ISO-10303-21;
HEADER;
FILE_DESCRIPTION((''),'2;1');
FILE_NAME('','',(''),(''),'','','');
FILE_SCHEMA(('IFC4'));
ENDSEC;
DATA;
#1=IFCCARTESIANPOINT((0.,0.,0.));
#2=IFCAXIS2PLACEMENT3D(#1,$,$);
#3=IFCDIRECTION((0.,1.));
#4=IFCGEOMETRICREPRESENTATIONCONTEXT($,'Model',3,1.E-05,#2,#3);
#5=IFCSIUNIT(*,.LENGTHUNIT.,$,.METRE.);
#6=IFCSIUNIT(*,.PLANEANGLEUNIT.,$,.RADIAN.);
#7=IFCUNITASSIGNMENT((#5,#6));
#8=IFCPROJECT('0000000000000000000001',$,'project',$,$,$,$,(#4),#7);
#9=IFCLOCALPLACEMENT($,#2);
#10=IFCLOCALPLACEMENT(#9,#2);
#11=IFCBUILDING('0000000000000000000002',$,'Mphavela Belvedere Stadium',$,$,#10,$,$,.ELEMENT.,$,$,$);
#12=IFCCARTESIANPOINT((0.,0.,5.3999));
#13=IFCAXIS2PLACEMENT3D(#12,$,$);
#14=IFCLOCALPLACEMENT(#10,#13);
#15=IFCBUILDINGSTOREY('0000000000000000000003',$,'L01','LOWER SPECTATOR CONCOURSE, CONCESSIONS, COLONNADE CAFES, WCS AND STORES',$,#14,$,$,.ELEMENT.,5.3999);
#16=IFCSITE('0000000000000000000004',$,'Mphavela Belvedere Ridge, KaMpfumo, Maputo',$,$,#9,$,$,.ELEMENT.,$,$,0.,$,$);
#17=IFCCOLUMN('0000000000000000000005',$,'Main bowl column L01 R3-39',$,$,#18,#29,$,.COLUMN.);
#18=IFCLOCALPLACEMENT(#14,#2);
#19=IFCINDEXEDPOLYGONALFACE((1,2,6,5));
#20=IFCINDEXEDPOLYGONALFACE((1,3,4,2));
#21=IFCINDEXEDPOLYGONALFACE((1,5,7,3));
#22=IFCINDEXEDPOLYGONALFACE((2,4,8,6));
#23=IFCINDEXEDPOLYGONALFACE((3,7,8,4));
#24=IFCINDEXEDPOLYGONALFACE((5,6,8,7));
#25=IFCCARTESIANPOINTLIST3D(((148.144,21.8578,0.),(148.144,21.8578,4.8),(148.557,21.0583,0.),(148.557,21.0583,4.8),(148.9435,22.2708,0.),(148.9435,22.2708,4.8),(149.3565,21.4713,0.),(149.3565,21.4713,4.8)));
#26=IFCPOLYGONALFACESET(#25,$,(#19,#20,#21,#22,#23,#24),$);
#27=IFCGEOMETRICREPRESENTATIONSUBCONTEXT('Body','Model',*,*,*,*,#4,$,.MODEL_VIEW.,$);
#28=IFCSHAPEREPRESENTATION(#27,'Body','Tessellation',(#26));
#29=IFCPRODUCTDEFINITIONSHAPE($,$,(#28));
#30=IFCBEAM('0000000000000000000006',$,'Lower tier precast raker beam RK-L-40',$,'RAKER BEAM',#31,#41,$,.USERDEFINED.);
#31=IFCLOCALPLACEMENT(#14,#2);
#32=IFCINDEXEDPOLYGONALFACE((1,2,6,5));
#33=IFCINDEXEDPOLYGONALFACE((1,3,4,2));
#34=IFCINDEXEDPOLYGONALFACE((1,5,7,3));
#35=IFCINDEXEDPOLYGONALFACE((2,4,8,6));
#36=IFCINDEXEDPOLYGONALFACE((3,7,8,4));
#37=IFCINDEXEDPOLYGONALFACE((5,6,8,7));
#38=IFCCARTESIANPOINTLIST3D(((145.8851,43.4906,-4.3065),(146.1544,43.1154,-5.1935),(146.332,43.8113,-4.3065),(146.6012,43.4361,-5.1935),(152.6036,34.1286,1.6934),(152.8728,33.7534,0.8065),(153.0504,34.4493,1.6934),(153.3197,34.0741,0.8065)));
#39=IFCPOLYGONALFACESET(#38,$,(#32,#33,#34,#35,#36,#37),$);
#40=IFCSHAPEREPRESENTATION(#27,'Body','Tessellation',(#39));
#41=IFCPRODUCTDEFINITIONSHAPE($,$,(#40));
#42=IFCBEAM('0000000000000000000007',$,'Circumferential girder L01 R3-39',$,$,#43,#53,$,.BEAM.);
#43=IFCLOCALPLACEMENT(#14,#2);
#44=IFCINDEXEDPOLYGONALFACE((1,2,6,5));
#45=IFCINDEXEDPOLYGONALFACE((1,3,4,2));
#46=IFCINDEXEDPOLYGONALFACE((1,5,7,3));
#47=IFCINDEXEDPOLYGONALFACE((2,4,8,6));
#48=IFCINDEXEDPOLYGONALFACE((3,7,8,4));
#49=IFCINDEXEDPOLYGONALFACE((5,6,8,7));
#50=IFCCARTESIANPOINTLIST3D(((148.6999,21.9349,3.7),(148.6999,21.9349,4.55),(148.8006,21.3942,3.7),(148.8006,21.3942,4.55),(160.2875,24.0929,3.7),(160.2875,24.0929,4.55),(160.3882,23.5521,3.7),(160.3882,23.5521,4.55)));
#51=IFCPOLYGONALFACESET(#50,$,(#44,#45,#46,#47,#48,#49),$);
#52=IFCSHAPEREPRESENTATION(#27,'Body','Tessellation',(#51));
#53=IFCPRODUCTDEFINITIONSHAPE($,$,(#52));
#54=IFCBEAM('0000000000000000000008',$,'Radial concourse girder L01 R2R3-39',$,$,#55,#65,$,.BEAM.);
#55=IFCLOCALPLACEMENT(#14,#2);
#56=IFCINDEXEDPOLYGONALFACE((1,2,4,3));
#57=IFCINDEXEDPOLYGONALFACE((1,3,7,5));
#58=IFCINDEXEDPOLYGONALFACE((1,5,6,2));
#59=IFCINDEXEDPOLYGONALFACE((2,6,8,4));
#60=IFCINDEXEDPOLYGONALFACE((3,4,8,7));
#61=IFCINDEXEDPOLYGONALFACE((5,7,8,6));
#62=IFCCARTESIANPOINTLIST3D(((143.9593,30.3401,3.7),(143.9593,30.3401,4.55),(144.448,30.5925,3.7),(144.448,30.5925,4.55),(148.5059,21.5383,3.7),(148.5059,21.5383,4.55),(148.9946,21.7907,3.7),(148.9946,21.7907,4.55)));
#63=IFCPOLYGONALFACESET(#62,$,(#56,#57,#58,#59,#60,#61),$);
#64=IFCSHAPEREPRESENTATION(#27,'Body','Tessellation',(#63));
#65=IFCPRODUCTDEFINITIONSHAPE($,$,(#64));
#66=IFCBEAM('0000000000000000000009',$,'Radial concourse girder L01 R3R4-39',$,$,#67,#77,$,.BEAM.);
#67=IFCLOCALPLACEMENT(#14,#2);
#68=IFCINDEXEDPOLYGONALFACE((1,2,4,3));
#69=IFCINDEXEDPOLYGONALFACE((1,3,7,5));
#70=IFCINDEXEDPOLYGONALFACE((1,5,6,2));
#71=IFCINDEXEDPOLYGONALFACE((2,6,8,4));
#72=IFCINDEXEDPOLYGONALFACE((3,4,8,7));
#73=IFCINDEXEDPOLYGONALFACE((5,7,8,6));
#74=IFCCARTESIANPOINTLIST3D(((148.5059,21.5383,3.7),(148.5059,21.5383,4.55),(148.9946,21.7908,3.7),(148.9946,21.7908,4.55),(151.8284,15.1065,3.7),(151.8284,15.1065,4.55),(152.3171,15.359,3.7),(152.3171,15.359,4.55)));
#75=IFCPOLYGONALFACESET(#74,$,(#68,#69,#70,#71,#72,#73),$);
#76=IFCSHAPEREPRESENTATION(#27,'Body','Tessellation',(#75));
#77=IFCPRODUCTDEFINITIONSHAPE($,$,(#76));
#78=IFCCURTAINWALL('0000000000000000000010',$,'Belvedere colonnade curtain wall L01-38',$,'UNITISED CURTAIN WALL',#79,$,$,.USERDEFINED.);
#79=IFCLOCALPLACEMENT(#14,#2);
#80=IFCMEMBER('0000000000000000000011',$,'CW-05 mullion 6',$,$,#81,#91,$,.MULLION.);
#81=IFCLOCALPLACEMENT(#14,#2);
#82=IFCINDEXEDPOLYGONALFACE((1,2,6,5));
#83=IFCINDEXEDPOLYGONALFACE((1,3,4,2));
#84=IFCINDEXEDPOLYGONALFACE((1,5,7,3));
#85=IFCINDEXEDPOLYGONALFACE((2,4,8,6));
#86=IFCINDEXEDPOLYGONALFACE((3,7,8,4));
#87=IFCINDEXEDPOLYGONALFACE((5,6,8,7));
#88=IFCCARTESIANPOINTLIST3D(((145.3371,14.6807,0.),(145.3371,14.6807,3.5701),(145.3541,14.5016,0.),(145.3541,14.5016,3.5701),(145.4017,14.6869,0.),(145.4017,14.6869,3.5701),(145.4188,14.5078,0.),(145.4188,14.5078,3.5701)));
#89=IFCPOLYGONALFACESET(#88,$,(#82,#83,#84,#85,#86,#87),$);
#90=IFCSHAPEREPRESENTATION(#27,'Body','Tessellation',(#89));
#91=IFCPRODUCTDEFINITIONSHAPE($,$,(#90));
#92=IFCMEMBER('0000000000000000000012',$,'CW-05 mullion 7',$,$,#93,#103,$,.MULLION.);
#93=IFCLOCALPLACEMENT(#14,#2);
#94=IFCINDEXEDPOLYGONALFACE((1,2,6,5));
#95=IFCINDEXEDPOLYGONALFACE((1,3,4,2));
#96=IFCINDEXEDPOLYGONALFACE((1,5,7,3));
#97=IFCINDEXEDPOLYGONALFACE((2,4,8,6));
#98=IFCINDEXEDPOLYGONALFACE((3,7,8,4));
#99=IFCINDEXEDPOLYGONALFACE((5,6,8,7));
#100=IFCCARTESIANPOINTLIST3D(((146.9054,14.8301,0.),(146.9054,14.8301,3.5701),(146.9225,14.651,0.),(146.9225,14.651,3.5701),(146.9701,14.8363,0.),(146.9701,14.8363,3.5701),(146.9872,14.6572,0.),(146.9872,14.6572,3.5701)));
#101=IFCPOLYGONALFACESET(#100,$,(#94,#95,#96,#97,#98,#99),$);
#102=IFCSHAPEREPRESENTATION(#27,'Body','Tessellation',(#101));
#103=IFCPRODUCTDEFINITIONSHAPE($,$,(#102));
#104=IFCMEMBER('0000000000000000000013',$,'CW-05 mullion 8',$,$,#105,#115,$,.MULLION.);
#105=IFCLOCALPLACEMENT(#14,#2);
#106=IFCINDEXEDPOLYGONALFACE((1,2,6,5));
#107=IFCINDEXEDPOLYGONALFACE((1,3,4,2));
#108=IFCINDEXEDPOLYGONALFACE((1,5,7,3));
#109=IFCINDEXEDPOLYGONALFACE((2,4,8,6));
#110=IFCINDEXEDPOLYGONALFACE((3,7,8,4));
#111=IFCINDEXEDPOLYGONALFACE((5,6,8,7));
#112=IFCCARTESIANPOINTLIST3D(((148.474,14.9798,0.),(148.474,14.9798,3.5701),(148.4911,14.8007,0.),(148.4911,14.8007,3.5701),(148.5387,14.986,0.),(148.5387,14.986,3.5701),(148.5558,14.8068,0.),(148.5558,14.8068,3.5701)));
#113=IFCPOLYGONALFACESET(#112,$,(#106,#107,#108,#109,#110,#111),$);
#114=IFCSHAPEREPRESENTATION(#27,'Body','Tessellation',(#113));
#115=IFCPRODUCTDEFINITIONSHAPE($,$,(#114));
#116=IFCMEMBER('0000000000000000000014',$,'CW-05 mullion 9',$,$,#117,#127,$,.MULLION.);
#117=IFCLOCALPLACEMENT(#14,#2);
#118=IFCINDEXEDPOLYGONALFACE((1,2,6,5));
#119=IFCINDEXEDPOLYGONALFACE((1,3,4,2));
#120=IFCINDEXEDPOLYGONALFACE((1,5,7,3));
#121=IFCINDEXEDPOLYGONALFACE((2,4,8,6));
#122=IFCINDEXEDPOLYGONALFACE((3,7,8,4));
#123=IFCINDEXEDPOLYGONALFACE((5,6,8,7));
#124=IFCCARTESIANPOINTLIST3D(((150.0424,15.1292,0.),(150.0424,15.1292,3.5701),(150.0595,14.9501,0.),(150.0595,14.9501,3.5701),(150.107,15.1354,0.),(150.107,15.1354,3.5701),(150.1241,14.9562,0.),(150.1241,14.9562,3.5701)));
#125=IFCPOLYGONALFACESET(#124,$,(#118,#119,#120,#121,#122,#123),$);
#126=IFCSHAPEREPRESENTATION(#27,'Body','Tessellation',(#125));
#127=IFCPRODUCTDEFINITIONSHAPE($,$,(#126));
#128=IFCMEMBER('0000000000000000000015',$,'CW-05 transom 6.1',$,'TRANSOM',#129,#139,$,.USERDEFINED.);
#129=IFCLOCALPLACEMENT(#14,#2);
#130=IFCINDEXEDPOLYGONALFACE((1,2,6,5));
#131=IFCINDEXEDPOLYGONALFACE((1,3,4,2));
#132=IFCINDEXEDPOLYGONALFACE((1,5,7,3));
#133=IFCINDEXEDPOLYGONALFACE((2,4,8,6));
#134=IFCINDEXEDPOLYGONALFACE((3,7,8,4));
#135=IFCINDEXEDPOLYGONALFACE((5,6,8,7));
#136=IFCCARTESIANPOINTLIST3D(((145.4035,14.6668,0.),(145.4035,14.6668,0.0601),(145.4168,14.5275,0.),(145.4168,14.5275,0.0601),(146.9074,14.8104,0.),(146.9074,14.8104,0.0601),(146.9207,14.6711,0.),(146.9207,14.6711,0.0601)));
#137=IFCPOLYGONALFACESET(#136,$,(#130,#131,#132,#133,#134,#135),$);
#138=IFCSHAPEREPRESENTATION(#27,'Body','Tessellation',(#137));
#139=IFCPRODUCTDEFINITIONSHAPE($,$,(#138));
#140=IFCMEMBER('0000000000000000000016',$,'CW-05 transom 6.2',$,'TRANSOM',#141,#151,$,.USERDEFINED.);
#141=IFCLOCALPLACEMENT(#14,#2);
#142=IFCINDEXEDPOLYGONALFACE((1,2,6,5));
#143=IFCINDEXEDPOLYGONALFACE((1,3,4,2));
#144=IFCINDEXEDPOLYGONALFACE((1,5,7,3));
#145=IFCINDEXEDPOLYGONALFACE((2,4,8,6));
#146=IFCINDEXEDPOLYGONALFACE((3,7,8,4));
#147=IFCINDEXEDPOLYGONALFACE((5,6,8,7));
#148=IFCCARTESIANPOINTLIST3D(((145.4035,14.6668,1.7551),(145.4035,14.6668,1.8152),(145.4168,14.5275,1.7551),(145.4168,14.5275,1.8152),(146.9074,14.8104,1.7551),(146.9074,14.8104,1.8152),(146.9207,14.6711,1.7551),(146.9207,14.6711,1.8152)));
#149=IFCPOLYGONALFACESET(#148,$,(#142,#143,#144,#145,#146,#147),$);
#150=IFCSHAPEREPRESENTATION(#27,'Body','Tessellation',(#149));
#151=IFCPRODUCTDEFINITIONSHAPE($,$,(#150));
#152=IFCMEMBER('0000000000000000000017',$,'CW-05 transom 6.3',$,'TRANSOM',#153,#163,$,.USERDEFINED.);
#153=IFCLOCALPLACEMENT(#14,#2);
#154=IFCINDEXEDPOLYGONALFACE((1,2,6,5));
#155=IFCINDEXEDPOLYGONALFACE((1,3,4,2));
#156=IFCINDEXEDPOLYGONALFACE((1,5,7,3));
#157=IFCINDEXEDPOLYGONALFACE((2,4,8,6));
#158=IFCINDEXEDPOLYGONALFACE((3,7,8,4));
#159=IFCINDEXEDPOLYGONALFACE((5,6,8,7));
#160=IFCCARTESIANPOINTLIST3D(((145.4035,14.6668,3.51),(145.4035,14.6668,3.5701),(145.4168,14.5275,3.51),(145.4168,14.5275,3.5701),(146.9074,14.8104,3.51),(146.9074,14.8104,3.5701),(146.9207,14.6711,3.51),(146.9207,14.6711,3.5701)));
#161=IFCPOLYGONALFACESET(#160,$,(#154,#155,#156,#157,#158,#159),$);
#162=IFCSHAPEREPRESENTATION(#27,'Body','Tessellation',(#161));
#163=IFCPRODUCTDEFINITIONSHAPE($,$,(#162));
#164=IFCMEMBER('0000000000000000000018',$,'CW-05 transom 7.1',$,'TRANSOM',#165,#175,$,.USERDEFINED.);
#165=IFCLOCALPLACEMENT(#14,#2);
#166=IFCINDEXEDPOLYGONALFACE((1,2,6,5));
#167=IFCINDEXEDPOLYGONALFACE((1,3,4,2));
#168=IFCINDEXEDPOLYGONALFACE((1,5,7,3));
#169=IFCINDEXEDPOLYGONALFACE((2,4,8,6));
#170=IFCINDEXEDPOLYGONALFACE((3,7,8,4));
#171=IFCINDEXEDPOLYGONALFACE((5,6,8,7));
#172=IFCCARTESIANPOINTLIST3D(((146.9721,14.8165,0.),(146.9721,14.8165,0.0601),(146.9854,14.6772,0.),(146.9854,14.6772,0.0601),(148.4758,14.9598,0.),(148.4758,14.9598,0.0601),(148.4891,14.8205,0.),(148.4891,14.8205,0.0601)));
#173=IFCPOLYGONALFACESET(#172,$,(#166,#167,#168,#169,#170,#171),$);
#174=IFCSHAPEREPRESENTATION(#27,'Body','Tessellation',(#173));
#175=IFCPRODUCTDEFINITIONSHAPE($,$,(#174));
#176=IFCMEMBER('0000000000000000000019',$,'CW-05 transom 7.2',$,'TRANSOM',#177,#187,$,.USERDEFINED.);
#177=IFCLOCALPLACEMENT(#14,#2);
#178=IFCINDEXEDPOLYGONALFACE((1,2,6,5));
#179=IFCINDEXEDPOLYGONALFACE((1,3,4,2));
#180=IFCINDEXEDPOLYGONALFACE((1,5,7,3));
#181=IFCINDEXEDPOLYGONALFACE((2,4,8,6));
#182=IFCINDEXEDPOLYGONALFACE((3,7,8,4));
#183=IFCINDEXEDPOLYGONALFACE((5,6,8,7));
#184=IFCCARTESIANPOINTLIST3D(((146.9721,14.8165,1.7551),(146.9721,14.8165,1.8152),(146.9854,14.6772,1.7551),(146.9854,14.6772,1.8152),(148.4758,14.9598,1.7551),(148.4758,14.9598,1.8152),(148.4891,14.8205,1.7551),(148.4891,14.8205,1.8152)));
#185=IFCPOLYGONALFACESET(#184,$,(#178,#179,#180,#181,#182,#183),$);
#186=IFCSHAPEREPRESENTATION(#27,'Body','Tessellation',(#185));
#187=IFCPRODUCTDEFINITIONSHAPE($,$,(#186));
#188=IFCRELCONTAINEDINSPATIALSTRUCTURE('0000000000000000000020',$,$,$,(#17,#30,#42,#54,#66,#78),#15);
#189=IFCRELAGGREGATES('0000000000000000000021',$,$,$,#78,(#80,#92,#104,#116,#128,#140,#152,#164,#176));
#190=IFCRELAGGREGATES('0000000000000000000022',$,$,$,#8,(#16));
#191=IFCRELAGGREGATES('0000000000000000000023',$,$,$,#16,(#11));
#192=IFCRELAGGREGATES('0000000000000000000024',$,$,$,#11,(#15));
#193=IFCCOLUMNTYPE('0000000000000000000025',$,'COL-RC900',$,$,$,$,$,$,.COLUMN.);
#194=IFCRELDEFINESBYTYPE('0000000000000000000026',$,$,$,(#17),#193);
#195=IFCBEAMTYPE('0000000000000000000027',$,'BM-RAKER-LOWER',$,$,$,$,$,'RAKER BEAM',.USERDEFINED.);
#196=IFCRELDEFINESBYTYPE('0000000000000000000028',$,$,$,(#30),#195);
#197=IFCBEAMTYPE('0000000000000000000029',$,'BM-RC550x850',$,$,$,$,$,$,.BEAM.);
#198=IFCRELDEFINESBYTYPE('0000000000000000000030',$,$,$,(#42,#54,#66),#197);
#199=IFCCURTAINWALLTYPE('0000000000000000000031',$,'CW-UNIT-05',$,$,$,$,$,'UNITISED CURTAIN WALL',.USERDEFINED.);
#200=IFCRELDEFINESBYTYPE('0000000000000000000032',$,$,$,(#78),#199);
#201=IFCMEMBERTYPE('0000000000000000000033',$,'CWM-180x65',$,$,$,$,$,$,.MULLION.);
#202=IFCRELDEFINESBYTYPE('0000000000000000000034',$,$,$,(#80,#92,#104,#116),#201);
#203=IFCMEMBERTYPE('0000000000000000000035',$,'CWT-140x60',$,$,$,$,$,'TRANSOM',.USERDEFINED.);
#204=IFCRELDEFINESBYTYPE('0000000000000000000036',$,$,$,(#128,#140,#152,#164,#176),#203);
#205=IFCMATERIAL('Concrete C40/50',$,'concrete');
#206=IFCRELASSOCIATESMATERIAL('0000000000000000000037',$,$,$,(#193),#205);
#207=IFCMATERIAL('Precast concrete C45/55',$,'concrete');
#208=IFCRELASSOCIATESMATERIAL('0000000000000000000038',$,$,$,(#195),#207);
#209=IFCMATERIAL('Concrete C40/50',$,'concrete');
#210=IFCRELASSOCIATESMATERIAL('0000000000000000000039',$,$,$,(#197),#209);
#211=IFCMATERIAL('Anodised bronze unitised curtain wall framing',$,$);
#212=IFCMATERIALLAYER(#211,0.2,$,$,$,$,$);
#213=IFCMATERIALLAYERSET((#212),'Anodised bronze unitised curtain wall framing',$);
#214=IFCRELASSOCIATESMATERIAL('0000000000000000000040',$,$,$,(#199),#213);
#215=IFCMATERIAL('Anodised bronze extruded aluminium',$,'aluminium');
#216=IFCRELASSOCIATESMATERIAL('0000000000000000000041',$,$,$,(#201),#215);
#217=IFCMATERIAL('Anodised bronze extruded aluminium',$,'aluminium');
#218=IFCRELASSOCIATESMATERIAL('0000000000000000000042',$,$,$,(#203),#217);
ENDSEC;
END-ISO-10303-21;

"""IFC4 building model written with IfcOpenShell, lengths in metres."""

from ifc_helpers import new_model, si_unit, direction, frame, origin, origin_2d, place, context, subcontext, project, spatial, rectangle, extrude, material, layer, layer_set, material_profile, profile_set, type_object, element, aggregate, save


model = new_model("IFC4")

# Units and contexts
model_context = context("Model", 3, precision=1e-05, world=origin(), true_north=direction((0.0, 1.0)))
body_context = subcontext(model_context, "Body", "Model", "MODEL_VIEW")
ifc_project = project(units=[si_unit("LENGTHUNIT", "METRE"), si_unit("PLANEANGLEUNIT", "RADIAN")], contexts=[model_context])

# Site, building, storey
site_placement = place(None, origin())
site = spatial("IfcSite", under=ifc_project, at=site_placement, Name="Mphavela Belvedere Ridge, KaMpfumo, Maputo", CompositionType="ELEMENT", RefElevation=0.0)
building_placement = place(site_placement, origin())
building = spatial("IfcBuilding", under=site, at=building_placement, Name="Mphavela Belvedere Stadium", CompositionType="ELEMENT")
storey_placement = place(building_placement, frame((0.0, 0.0, 5.3999)))
storey = spatial("IfcBuildingStorey", under=building, at=storey_placement, Name="L01", Description="LOWER SPECTATOR CONCOURSE, CONCESSIONS, COLONNADE CAFES, WCS AND STORES", CompositionType="ELEMENT", Elevation=5.3999)

# Column
ifc_material_1 = material(Name="Concrete C40/50", Category="concrete")
ifc_material_profile_1 = material_profile(ifc_material_1, rectangle(XDim=0.8999, YDim=0.8999, at=origin_2d()), Name="RC 900x900")
ifc_profile_set_1 = profile_set([ifc_material_profile_1], Name="Concrete C40/50")
column_type = type_object("IfcColumnType", Name="COL-RC900", PredefinedType="COLUMN", material=ifc_profile_set_1)
column_placement = place(storey_placement, frame((148.7502, 21.6646, 0.0), z_axis=(0.0, 0.0, 1.0), x_axis=(0.45896, -0.888457, 0.0)))
element("IfcColumn", 1, at=column_placement, inside=storey, type_object=column_type, Name="Main bowl column L01 R3-39", PredefinedType="COLUMN", context=body_context, shape_type="SweptSolid", body=[
    extrude(rectangle(XDim=0.8999, YDim=0.8999, at=origin_2d()), origin(), (0.0, 0.0, 1.0), 4.8),
])

# Beams
ifc_material_2 = material(Name="Precast concrete C45/55", Category="concrete")
ifc_material_profile_2 = material_profile(ifc_material_2, rectangle(XDim=0.55, YDim=1.0, at=origin_2d()), Name="PC 550x1000")
ifc_profile_set_2 = profile_set([ifc_material_profile_2], Name="Precast concrete C45/55")
beam_type_1 = type_object("IfcBeamType", Name="BM-RAKER-LOWER", ElementType="RAKER BEAM", PredefinedType="USERDEFINED", material=ifc_profile_set_2)
beam_1_placement = place(storey_placement, frame((146.2432, 43.4634, -4.75), z_axis=(0.517135, -0.720614, 0.46183), x_axis=(0.812446, 0.583036, 0.0)))
element("IfcBeam", 2, at=beam_1_placement, inside=storey, type_object=beam_type_1, Name="Lower tier precast raker beam RK-L-40", ObjectType="RAKER BEAM", PredefinedType="USERDEFINED", context=body_context, shape_type="SweptSolid", body=[
    extrude(rectangle(XDim=0.55, YDim=1.0, at=origin_2d()), origin(), (0.0, 0.0, 1.0), 12.9917),
])
ifc_material_3 = material(Name="Concrete C40/50", Category="concrete")
ifc_material_profile_3 = material_profile(ifc_material_3, rectangle(XDim=0.55, YDim=0.8501, at=origin_2d()), Name="RC 550x850")
ifc_profile_set_3 = profile_set([ifc_material_profile_3], Name="Concrete C40/50")
beam_type_2 = type_object("IfcBeamType", Name="BM-RC550x850", PredefinedType="BEAM", material=ifc_profile_set_3)
beam_2_placement = place(storey_placement, frame((148.7502, 21.6646, 4.125), z_axis=(0.983098, 0.183082, 0.0), x_axis=(-0.183082, 0.983098, 0.0)))
element("IfcBeam", 3, at=beam_2_placement, inside=storey, type_object=beam_type_2, Name="Circumferential girder L01 R3-39", PredefinedType="BEAM", context=body_context, shape_type="SweptSolid", body=[
    extrude(rectangle(XDim=0.55, YDim=0.8501, at=origin_2d()), origin(), (0.0, 0.0, 1.0), 11.7869),
])
beam_3_placement = place(storey_placement, frame((144.2036, 30.4663, 4.125), z_axis=(0.458945, -0.888465, 0.0), x_axis=(0.888465, 0.458945, 0.0)))
element("IfcBeam", 4, at=beam_3_placement, inside=storey, type_object=beam_type_2, Name="Radial concourse girder L01 R2R3-39", PredefinedType="BEAM", context=body_context, shape_type="SweptSolid", body=[
    extrude(rectangle(XDim=0.55, YDim=0.8501, at=origin_2d()), origin(), (0.0, 0.0, 1.0), 9.9067),
])
beam_4_placement = place(storey_placement, frame((148.7502, 21.6646, 4.125), z_axis=(0.458951, -0.888461, 0.0), x_axis=(0.888461, 0.458951, 0.0)))
element("IfcBeam", 5, at=beam_4_placement, inside=storey, type_object=beam_type_2, Name="Radial concourse girder L01 R3R4-39", PredefinedType="BEAM", context=body_context, shape_type="SweptSolid", body=[
    extrude(rectangle(XDim=0.55, YDim=0.8501, at=origin_2d()), origin(), (0.0, 0.0, 1.0), 7.2393),
])

# Curtain wall, members
ifc_material_4 = material(Name="Anodised bronze unitised curtain wall framing")
ifc_layer_1 = layer(ifc_material_4, 0.2)
ifc_layer_set_1 = layer_set([ifc_layer_1], Name="Anodised bronze unitised curtain wall framing")
curtain_wall_type = type_object("IfcCurtainWallType", Name="CW-UNIT-05", ElementType="UNITISED CURTAIN WALL", PredefinedType="USERDEFINED", material=ifc_layer_set_1)
curtain_wall_placement = place(storey_placement, origin())
curtain_wall = element("IfcCurtainWall", 6, at=curtain_wall_placement, inside=storey, type_object=curtain_wall_type, Name="Belvedere colonnade curtain wall L01-38", ObjectType="UNITISED CURTAIN WALL", PredefinedType="USERDEFINED")
ifc_material_5 = material(Name="Anodised bronze extruded aluminium", Category="aluminium")
ifc_material_profile_4 = material_profile(ifc_material_5, rectangle(XDim=0.1799, YDim=0.0649, at=origin_2d()), Name="CW-MUL 180x65")
ifc_profile_set_4 = profile_set([ifc_material_profile_4], Name="Anodised bronze extruded aluminium")
member_type_1 = type_object("IfcMemberType", Name="CWM-180x65", PredefinedType="MULLION", material=ifc_profile_set_4)
member_1_placement = place(storey_placement, frame((145.3779, 14.5942, 0.0), z_axis=(0.0, 0.0, 1.0), x_axis=(-0.094922, 0.995485, 0.0)))
member_1 = element("IfcMember", 7, at=member_1_placement, type_object=member_type_1, Name="CW-05 mullion 6", PredefinedType="MULLION", context=body_context, shape_type="SweptSolid", body=[
    extrude(rectangle(XDim=0.1799, YDim=0.0649, at=origin_2d()), origin(), (0.0, 0.0, 1.0), 3.5701),
])
member_2_placement = place(storey_placement, frame((146.9463, 14.7437, 0.0), z_axis=(0.0, 0.0, 1.0), x_axis=(-0.094922, 0.995485, 0.0)))
member_2 = element("IfcMember", 8, at=member_2_placement, type_object=member_type_1, Name="CW-05 mullion 7", PredefinedType="MULLION", context=body_context, shape_type="SweptSolid", body=[
    extrude(rectangle(XDim=0.1799, YDim=0.0649, at=origin_2d()), origin(), (0.0, 0.0, 1.0), 3.5701),
])
member_3_placement = place(storey_placement, frame((148.5149, 14.8933, 0.0), z_axis=(0.0, 0.0, 1.0), x_axis=(-0.094922, 0.995485, 0.0)))
member_3 = element("IfcMember", 9, at=member_3_placement, type_object=member_type_1, Name="CW-05 mullion 8", PredefinedType="MULLION", context=body_context, shape_type="SweptSolid", body=[
    extrude(rectangle(XDim=0.1799, YDim=0.0649, at=origin_2d()), origin(), (0.0, 0.0, 1.0), 3.5701),
])
member_4_placement = place(storey_placement, frame((150.0833, 15.0427, 0.0), z_axis=(0.0, 0.0, 1.0), x_axis=(-0.094922, 0.995485, 0.0)))
member_4 = element("IfcMember", 10, at=member_4_placement, type_object=member_type_1, Name="CW-05 mullion 9", PredefinedType="MULLION", context=body_context, shape_type="SweptSolid", body=[
    extrude(rectangle(XDim=0.1799, YDim=0.0649, at=origin_2d()), origin(), (0.0, 0.0, 1.0), 3.5701),
])
ifc_material_6 = material(Name="Anodised bronze extruded aluminium", Category="aluminium")
ifc_material_profile_5 = material_profile(ifc_material_6, rectangle(XDim=0.1399, YDim=0.0601, at=origin_2d()), Name="CW-TRN 140x60")
ifc_profile_set_5 = profile_set([ifc_material_profile_5], Name="Anodised bronze extruded aluminium")
member_type_2 = type_object("IfcMemberType", Name="CWT-140x60", ElementType="TRANSOM", PredefinedType="USERDEFINED", material=ifc_profile_set_5)
member_5_placement = place(storey_placement, frame((145.4102, 14.5972, 0.03), z_axis=(0.995475, 0.095023, 0.0), x_axis=(-0.095023, 0.995475, 0.0)))
member_5 = element("IfcMember", 11, at=member_5_placement, type_object=member_type_2, Name="CW-05 transom 6.1", ObjectType="TRANSOM", PredefinedType="USERDEFINED", context=body_context, shape_type="SweptSolid", body=[
    extrude(rectangle(XDim=0.1399, YDim=0.0601, at=origin_2d()), origin(), (0.0, 0.0, 1.0), 1.5107),
])
member_6_placement = place(storey_placement, frame((145.4102, 14.5972, 1.7852), z_axis=(0.995475, 0.095023, 0.0), x_axis=(-0.095023, 0.995475, 0.0)))
member_6 = element("IfcMember", 12, at=member_6_placement, type_object=member_type_2, Name="CW-05 transom 6.2", ObjectType="TRANSOM", PredefinedType="USERDEFINED", context=body_context, shape_type="SweptSolid", body=[
    extrude(rectangle(XDim=0.1399, YDim=0.0601, at=origin_2d()), origin(), (0.0, 0.0, 1.0), 1.5107),
])
member_7_placement = place(storey_placement, frame((145.4102, 14.5972, 3.54), z_axis=(0.995475, 0.095023, 0.0), x_axis=(-0.095023, 0.995475, 0.0)))
member_7 = element("IfcMember", 13, at=member_7_placement, type_object=member_type_2, Name="CW-05 transom 6.3", ObjectType="TRANSOM", PredefinedType="USERDEFINED", context=body_context, shape_type="SweptSolid", body=[
    extrude(rectangle(XDim=0.1399, YDim=0.0601, at=origin_2d()), origin(), (0.0, 0.0, 1.0), 1.5107),
])
member_8_placement = place(storey_placement, frame((146.9788, 14.7468, 0.03), z_axis=(0.995489, 0.094878, 0.0), x_axis=(-0.094878, 0.995489, 0.0)))
member_8 = element("IfcMember", 14, at=member_8_placement, type_object=member_type_2, Name="CW-05 transom 7.1", ObjectType="TRANSOM", PredefinedType="USERDEFINED", context=body_context, shape_type="SweptSolid", body=[
    extrude(rectangle(XDim=0.1399, YDim=0.0601, at=origin_2d()), origin(), (0.0, 0.0, 1.0), 1.5105),
])
member_9_placement = place(storey_placement, frame((146.9788, 14.7468, 1.7852), z_axis=(0.995489, 0.094878, 0.0), x_axis=(-0.094878, 0.995489, 0.0)))
member_9 = element("IfcMember", 15, at=member_9_placement, type_object=member_type_2, Name="CW-05 transom 7.2", ObjectType="TRANSOM", PredefinedType="USERDEFINED", context=body_context, shape_type="SweptSolid", body=[
    extrude(rectangle(XDim=0.1399, YDim=0.0601, at=origin_2d()), origin(), (0.0, 0.0, 1.0), 1.5105),
])
aggregate(curtain_wall, [member_1, member_2, member_3, member_4, member_5, member_6, member_7, member_8, member_9])

save(model, "model.ifc")
